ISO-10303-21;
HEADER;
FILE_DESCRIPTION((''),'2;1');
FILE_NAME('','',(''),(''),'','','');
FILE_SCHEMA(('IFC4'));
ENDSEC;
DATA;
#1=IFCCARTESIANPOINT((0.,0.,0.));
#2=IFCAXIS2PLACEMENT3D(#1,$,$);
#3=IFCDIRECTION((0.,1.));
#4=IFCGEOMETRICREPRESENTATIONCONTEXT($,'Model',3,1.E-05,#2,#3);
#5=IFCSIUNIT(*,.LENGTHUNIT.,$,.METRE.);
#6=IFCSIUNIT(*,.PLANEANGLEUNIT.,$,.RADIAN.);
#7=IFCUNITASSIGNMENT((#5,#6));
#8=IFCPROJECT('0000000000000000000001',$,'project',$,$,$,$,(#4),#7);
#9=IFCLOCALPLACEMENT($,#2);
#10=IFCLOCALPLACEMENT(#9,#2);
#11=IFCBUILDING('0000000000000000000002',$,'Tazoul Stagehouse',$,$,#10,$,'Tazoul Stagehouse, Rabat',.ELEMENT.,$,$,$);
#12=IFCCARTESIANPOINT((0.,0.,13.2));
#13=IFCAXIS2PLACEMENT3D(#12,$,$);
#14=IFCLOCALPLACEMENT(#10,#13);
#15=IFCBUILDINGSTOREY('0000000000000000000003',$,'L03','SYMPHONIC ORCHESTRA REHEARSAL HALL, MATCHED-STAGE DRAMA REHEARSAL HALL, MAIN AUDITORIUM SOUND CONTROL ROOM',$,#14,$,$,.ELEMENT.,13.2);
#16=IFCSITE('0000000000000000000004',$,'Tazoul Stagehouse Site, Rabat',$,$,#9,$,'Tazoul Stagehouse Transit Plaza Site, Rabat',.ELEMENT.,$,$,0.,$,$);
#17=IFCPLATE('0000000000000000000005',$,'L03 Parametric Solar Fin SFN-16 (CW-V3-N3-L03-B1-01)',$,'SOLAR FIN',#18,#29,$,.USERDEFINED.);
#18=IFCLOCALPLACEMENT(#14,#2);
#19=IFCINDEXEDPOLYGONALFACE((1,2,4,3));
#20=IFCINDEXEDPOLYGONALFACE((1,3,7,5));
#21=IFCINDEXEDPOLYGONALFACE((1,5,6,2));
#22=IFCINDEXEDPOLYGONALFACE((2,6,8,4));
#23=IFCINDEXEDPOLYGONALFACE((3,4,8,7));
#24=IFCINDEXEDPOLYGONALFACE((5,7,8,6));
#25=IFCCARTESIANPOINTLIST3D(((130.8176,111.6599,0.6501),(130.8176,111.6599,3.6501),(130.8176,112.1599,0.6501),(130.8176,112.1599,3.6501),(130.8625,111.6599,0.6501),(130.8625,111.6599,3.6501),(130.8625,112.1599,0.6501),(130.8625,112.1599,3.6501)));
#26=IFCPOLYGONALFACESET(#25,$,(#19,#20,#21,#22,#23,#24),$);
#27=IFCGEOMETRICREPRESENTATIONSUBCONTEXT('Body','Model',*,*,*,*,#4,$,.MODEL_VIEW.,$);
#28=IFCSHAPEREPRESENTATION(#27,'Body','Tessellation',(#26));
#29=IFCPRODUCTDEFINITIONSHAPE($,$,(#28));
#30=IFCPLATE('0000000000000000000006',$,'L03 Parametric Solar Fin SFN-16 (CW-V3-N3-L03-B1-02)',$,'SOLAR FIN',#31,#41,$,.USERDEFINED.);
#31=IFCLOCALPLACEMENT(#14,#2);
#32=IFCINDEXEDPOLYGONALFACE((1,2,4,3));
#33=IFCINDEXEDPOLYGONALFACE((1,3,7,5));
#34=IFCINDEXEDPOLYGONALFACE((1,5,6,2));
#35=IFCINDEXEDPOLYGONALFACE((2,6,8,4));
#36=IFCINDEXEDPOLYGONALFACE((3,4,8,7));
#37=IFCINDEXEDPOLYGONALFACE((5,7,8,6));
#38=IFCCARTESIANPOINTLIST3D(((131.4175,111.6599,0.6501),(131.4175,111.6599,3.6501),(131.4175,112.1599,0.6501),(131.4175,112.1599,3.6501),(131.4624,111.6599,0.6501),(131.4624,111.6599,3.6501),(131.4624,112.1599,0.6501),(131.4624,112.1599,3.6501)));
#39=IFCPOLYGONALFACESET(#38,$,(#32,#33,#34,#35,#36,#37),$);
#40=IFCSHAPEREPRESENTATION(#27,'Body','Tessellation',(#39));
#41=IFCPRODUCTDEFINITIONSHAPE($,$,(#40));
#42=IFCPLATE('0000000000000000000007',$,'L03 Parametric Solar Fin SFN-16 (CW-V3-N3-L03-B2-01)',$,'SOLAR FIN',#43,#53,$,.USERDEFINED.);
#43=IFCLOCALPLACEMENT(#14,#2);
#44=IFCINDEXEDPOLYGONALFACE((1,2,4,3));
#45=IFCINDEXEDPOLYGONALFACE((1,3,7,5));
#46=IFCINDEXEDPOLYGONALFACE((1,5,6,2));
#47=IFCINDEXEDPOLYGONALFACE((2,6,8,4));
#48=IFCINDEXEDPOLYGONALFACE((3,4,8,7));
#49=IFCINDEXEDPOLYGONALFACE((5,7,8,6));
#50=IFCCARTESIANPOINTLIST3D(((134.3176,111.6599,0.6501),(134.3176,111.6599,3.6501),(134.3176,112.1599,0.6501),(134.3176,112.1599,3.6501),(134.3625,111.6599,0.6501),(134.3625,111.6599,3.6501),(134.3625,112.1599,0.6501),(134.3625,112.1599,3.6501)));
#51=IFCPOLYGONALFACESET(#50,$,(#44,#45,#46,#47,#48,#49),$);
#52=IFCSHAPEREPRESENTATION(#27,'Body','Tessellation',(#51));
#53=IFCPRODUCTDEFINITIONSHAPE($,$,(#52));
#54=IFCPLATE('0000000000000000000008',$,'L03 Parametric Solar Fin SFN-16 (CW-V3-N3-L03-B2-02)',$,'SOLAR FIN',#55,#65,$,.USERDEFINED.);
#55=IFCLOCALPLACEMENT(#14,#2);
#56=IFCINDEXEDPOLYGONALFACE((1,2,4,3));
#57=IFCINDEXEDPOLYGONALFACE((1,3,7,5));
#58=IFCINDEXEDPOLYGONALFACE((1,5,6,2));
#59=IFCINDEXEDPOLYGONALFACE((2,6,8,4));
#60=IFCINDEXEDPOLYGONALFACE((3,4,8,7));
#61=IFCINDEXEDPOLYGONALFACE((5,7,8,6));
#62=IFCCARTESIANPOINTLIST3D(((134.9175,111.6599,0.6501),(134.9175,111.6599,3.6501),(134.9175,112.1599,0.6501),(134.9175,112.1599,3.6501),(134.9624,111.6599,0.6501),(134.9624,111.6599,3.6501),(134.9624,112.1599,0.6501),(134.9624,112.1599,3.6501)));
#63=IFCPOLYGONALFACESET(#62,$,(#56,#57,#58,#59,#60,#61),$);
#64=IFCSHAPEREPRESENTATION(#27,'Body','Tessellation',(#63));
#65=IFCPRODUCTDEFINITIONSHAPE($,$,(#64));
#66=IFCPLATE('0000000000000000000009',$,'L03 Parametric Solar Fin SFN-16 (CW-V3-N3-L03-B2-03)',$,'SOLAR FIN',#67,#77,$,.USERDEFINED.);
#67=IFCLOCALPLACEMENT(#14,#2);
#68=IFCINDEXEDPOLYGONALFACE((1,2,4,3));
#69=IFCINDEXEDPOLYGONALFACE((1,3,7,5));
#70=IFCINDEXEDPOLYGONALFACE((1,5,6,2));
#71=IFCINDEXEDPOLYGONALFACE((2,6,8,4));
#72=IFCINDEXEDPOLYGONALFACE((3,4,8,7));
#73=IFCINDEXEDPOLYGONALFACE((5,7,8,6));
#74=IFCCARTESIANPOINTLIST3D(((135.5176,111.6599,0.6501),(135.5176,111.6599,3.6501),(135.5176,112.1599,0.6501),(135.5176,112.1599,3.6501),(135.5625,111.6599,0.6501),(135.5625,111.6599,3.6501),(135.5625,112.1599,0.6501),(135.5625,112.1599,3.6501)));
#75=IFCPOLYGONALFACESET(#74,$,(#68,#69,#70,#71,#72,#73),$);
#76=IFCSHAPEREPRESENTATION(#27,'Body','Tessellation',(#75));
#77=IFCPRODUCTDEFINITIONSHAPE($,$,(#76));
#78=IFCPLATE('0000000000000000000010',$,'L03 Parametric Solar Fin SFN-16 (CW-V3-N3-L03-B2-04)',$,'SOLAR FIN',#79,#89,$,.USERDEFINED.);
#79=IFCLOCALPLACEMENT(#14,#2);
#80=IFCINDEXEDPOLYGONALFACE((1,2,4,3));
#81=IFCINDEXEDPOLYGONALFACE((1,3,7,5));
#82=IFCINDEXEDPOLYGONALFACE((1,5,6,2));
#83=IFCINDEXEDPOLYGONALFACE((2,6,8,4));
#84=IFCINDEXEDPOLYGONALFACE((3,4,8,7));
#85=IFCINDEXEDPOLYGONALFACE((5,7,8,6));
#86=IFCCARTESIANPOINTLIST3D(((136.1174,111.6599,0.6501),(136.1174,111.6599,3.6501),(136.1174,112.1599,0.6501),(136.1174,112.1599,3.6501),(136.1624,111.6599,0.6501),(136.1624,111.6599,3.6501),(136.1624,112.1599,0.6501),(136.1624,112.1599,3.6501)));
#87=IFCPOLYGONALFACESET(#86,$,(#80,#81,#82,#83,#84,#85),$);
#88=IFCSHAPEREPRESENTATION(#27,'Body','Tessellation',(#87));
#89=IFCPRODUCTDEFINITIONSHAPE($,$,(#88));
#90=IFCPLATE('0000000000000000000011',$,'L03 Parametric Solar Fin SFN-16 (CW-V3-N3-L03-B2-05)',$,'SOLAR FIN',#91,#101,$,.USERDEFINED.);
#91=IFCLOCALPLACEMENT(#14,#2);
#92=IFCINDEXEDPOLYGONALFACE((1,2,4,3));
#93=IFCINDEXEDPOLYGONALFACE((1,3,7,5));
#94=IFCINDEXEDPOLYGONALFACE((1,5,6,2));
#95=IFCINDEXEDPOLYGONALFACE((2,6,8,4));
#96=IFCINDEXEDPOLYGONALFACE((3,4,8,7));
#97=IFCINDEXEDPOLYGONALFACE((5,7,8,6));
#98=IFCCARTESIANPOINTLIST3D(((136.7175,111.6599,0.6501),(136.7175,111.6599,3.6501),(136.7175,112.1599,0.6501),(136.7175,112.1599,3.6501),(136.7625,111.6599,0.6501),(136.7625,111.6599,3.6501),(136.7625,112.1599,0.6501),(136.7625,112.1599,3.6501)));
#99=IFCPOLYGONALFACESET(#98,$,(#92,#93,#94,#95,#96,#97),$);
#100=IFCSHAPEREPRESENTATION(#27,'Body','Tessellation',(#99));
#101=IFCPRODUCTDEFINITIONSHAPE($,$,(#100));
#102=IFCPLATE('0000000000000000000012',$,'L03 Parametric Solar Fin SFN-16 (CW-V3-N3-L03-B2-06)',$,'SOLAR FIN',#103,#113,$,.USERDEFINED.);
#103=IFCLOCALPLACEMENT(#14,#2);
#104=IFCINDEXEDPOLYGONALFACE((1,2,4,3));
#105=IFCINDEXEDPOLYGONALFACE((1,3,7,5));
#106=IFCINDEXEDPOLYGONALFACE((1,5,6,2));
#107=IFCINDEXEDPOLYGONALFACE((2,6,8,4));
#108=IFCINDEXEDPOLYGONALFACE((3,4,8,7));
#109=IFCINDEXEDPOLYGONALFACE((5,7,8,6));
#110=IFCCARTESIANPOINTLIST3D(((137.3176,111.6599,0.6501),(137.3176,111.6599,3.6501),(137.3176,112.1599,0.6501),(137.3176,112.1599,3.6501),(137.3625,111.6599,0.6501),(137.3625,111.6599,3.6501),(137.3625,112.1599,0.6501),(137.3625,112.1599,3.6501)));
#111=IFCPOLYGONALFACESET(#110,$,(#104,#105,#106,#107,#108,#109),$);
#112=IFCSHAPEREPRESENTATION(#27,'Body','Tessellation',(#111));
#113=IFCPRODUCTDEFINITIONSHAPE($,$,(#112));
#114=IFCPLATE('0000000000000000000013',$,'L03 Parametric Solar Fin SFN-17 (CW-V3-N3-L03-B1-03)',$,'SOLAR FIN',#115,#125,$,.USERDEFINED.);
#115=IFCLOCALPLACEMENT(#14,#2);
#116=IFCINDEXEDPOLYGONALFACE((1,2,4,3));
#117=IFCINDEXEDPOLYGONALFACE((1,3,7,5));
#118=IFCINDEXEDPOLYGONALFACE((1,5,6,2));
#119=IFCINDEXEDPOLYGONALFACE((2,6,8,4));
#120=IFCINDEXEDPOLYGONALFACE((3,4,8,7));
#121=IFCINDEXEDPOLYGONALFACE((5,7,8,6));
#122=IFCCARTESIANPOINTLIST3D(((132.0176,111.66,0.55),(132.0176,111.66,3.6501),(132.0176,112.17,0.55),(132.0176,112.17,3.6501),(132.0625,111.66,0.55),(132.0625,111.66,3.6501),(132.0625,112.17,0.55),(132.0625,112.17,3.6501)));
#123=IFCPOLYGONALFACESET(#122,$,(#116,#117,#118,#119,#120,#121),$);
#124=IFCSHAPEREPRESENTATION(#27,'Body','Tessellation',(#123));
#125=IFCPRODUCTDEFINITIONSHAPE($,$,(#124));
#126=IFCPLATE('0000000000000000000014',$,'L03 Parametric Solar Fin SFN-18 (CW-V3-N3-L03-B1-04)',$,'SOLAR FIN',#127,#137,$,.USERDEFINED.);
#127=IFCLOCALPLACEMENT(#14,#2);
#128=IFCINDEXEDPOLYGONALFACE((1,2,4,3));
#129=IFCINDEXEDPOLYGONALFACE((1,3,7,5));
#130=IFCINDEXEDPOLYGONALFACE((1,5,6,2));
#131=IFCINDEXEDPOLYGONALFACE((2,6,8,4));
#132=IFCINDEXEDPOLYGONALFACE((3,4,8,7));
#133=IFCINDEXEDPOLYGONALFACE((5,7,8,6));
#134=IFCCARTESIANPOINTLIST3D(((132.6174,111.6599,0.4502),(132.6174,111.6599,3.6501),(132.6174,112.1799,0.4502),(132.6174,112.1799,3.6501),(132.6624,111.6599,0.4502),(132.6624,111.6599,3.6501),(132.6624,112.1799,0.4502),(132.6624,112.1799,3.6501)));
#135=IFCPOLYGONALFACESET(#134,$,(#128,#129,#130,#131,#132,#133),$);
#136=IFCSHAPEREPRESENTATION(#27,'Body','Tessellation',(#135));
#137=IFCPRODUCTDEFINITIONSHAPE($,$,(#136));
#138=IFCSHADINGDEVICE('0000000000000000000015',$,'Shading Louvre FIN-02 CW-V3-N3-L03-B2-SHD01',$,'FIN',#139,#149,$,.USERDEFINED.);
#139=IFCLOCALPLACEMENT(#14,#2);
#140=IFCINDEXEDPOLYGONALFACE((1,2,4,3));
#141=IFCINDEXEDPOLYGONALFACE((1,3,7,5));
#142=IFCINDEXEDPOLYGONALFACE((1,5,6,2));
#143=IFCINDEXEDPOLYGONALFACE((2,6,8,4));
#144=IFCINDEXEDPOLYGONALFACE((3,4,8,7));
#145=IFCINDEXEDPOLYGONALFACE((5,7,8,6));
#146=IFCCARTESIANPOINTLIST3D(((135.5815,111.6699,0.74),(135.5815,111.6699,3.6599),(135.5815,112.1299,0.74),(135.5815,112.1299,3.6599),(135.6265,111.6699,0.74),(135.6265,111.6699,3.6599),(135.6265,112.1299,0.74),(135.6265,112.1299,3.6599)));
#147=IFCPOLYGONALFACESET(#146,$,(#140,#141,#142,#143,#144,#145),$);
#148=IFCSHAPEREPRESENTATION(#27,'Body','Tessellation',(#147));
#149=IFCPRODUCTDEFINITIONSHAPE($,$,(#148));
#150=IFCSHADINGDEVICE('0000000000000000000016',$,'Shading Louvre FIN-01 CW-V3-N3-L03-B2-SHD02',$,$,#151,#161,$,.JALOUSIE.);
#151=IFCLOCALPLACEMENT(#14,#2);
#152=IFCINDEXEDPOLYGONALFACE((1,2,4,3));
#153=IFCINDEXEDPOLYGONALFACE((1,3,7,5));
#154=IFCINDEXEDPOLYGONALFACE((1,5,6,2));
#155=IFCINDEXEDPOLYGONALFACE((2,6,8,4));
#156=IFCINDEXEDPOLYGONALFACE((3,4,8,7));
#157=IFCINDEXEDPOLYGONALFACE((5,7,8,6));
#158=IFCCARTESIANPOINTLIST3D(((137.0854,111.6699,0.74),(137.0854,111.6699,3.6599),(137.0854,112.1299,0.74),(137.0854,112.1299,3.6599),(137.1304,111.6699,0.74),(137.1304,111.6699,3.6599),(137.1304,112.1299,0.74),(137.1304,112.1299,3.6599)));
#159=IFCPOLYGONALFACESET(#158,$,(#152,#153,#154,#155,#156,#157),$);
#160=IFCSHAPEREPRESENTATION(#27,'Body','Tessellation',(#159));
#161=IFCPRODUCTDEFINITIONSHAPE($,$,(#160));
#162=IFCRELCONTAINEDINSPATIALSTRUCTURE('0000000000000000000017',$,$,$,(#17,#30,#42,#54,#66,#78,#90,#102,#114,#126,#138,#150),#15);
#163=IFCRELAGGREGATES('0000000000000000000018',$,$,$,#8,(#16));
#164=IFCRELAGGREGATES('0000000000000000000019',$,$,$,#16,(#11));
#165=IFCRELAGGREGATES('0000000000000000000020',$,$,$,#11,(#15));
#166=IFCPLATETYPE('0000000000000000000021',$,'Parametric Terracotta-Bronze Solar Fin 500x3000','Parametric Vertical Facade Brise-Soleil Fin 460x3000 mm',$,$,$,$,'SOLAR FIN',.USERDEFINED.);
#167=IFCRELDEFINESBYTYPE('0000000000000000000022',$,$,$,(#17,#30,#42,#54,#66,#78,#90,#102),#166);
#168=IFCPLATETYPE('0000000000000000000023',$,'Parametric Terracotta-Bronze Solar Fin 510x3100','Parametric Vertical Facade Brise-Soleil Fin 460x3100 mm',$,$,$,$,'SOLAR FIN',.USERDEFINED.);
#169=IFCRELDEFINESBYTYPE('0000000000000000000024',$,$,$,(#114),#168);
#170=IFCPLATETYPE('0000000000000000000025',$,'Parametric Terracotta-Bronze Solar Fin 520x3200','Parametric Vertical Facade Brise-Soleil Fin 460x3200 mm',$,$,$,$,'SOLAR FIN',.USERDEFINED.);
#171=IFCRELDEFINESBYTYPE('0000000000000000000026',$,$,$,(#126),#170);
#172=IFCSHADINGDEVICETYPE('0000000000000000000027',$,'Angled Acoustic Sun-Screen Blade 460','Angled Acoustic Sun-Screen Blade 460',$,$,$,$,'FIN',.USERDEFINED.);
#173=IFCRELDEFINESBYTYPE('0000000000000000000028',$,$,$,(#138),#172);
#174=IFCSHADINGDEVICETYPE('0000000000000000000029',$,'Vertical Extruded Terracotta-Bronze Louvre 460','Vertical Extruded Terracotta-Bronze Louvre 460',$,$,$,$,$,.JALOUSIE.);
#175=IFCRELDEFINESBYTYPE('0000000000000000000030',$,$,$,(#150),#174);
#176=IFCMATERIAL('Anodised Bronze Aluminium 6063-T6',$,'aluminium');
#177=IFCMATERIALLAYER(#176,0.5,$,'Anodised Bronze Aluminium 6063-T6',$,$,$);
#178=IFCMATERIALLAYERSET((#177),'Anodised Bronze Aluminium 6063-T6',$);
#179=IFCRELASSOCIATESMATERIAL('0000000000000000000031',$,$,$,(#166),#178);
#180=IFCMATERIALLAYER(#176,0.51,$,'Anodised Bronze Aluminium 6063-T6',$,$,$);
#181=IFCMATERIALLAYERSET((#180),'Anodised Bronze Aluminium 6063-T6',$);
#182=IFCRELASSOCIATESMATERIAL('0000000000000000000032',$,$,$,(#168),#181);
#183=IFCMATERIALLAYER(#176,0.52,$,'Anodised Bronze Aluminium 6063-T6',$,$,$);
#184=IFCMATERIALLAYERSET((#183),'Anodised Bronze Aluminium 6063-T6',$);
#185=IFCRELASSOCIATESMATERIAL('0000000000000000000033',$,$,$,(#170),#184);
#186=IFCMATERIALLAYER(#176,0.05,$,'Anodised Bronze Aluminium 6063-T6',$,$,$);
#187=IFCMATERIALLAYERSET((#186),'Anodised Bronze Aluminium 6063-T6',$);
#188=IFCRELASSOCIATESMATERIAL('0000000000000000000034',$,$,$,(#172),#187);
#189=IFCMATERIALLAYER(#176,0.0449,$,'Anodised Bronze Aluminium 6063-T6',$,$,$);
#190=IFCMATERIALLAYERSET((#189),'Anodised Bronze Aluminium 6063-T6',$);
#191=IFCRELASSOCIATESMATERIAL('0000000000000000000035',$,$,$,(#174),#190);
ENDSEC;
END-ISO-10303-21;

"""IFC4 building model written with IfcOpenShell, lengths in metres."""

from ifc_helpers import new_model, si_unit, direction, frame, origin, origin_2d, place, context, subcontext, project, spatial, rectangle, extrude, material, layer, layer_set, type_object, element, save


model = new_model("IFC4")

# Units and contexts
model_context = context("Model", 3, precision=1e-05, world=origin(), true_north=direction((0.0, 1.0)))
body_context = subcontext(model_context, "Body", "Model", "MODEL_VIEW")
ifc_project = project(units=[si_unit("LENGTHUNIT", "METRE"), si_unit("PLANEANGLEUNIT", "RADIAN")], contexts=[model_context])

# Site, building, storey
site_placement = place(None, origin())
site = spatial("IfcSite", under=ifc_project, at=site_placement, Name="Tazoul Stagehouse Site, Rabat", LongName="Tazoul Stagehouse Transit Plaza Site, Rabat", CompositionType="ELEMENT", RefElevation=0.0)
building_placement = place(site_placement, origin())
building = spatial("IfcBuilding", under=site, at=building_placement, Name="Tazoul Stagehouse", LongName="Tazoul Stagehouse, Rabat", CompositionType="ELEMENT")
storey_placement = place(building_placement, frame((0.0, 0.0, 13.2)))
storey = spatial("IfcBuildingStorey", under=building, at=storey_placement, Name="L03", Description="SYMPHONIC ORCHESTRA REHEARSAL HALL, MATCHED-STAGE DRAMA REHEARSAL HALL, MAIN AUDITORIUM SOUND CONTROL ROOM", CompositionType="ELEMENT", Elevation=13.2)

# Plates
ifc_material = material(Name="Anodised Bronze Aluminium 6063-T6", Category="aluminium")
ifc_layer_1 = layer(ifc_material, 0.5, Name="Anodised Bronze Aluminium 6063-T6")
ifc_layer_set_1 = layer_set([ifc_layer_1], Name="Anodised Bronze Aluminium 6063-T6")
plate_type_1 = type_object("IfcPlateType", Name="Parametric Terracotta-Bronze Solar Fin 500x3000", Description="Parametric Vertical Facade Brise-Soleil Fin 460x3000 mm", ElementType="SOLAR FIN", PredefinedType="USERDEFINED", material=ifc_layer_set_1)
for number, where, z_axis, x_axis, name in (
    (1, (130.8401, 111.9099, 0.6501), (0.0, 0.0, 1.0), (1.0, 0.0, 0.0), "L03 Parametric Solar Fin SFN-16 (CW-V3-N3-L03-B1-01)"),
    (2, (131.4399, 111.9099, 0.6501), (0.0, 0.0, 1.0), (1.0, 0.0, 0.0), "L03 Parametric Solar Fin SFN-16 (CW-V3-N3-L03-B1-02)"),
    (3, (134.3401, 111.9099, 0.6501), (0.0, 0.0, 1.0), (1.0, 0.0, 0.0), "L03 Parametric Solar Fin SFN-16 (CW-V3-N3-L03-B2-01)"),
    (4, (134.9399, 111.9099, 0.6501), (0.0, 0.0, 1.0), (1.0, 0.0, 0.0), "L03 Parametric Solar Fin SFN-16 (CW-V3-N3-L03-B2-02)"),
    (5, (135.54, 111.9099, 0.6501), (0.0, 0.0, 1.0), (1.0, 0.0, 0.0), "L03 Parametric Solar Fin SFN-16 (CW-V3-N3-L03-B2-03)"),
    (6, (136.1399, 111.9099, 0.6501), (0.0, 0.0, 1.0), (1.0, 0.0, 0.0), "L03 Parametric Solar Fin SFN-16 (CW-V3-N3-L03-B2-04)"),
    (7, (136.74, 111.9099, 0.6501), (0.0, 0.0, 1.0), (1.0, 0.0, 0.0), "L03 Parametric Solar Fin SFN-16 (CW-V3-N3-L03-B2-05)"),
    (8, (137.3401, 111.9099, 0.6501), (0.0, 0.0, 1.0), (1.0, 0.0, 0.0), "L03 Parametric Solar Fin SFN-16 (CW-V3-N3-L03-B2-06)"),
):
    element("IfcPlate", number, at=place(storey_placement, frame(where, z_axis=z_axis, x_axis=x_axis)), inside=storey, type_object=plate_type_1, Name=name, ObjectType="SOLAR FIN", PredefinedType="USERDEFINED", context=body_context, shape_type="SweptSolid", body=[
        extrude(rectangle(XDim=0.0449, YDim=0.5, at=origin_2d()), origin(), (0.0, 0.0, 1.0), 3.0),
    ])
ifc_layer_2 = layer(ifc_material, 0.51, Name="Anodised Bronze Aluminium 6063-T6")
ifc_layer_set_2 = layer_set([ifc_layer_2], Name="Anodised Bronze Aluminium 6063-T6")
plate_type_2 = type_object("IfcPlateType", Name="Parametric Terracotta-Bronze Solar Fin 510x3100", Description="Parametric Vertical Facade Brise-Soleil Fin 460x3100 mm", ElementType="SOLAR FIN", PredefinedType="USERDEFINED", material=ifc_layer_set_2)
plate_1_placement = place(storey_placement, frame((132.04, 111.915, 0.55), z_axis=(0.0, 0.0, 1.0), x_axis=(1.0, 0.0, 0.0)))
element("IfcPlate", 9, at=plate_1_placement, inside=storey, type_object=plate_type_2, Name="L03 Parametric Solar Fin SFN-17 (CW-V3-N3-L03-B1-03)", ObjectType="SOLAR FIN", PredefinedType="USERDEFINED", context=body_context, shape_type="SweptSolid", body=[
    extrude(rectangle(XDim=0.0449, YDim=0.51, at=origin_2d()), origin(), (0.0, 0.0, 1.0), 3.1001),
])
ifc_layer_3 = layer(ifc_material, 0.52, Name="Anodised Bronze Aluminium 6063-T6")
ifc_layer_set_3 = layer_set([ifc_layer_3], Name="Anodised Bronze Aluminium 6063-T6")
plate_type_3 = type_object("IfcPlateType", Name="Parametric Terracotta-Bronze Solar Fin 520x3200", Description="Parametric Vertical Facade Brise-Soleil Fin 460x3200 mm", ElementType="SOLAR FIN", PredefinedType="USERDEFINED", material=ifc_layer_set_3)
plate_2_placement = place(storey_placement, frame((132.6399, 111.9199, 0.4502), z_axis=(0.0, 0.0, 1.0), x_axis=(1.0, 0.0, 0.0)))
element("IfcPlate", 10, at=plate_2_placement, inside=storey, type_object=plate_type_3, Name="L03 Parametric Solar Fin SFN-18 (CW-V3-N3-L03-B1-04)", ObjectType="SOLAR FIN", PredefinedType="USERDEFINED", context=body_context, shape_type="SweptSolid", body=[
    extrude(rectangle(XDim=0.0449, YDim=0.52, at=origin_2d()), origin(), (0.0, 0.0, 1.0), 3.2),
])

# Shading devices
ifc_layer_4 = layer(ifc_material, 0.05, Name="Anodised Bronze Aluminium 6063-T6")
ifc_layer_set_4 = layer_set([ifc_layer_4], Name="Anodised Bronze Aluminium 6063-T6")
shading_device_type_1 = type_object("IfcShadingDeviceType", Name="Angled Acoustic Sun-Screen Blade 460", Description="Angled Acoustic Sun-Screen Blade 460", ElementType="FIN", PredefinedType="USERDEFINED", material=ifc_layer_set_4)
shading_device_1_placement = place(storey_placement, frame((135.604, 111.8999, 0.74), z_axis=(0.0, 0.0, 1.0), x_axis=(1.0, 0.0, 0.0)))
element("IfcShadingDevice", 11, at=shading_device_1_placement, inside=storey, type_object=shading_device_type_1, Name="Shading Louvre FIN-02 CW-V3-N3-L03-B2-SHD01", ObjectType="FIN", PredefinedType="USERDEFINED", context=body_context, shape_type="SweptSolid", body=[
    extrude(rectangle(XDim=0.0449, YDim=0.46, at=origin_2d()), origin(), (0.0, 0.0, 1.0), 2.9199),
])
ifc_layer_5 = layer(ifc_material, 0.0449, Name="Anodised Bronze Aluminium 6063-T6")
ifc_layer_set_5 = layer_set([ifc_layer_5], Name="Anodised Bronze Aluminium 6063-T6")
shading_device_type_2 = type_object("IfcShadingDeviceType", Name="Vertical Extruded Terracotta-Bronze Louvre 460", Description="Vertical Extruded Terracotta-Bronze Louvre 460", PredefinedType="JALOUSIE", material=ifc_layer_set_5)
shading_device_2_placement = place(storey_placement, frame((137.1079, 111.8999, 0.74), z_axis=(0.0, 0.0, 1.0), x_axis=(1.0, 0.0, 0.0)))
element("IfcShadingDevice", 12, at=shading_device_2_placement, inside=storey, type_object=shading_device_type_2, Name="Shading Louvre FIN-01 CW-V3-N3-L03-B2-SHD02", PredefinedType="JALOUSIE", context=body_context, shape_type="SweptSolid", body=[
    extrude(rectangle(XDim=0.0449, YDim=0.46, at=origin_2d()), origin(), (0.0, 0.0, 1.0), 2.9199),
])

save(model, "model.ifc")
